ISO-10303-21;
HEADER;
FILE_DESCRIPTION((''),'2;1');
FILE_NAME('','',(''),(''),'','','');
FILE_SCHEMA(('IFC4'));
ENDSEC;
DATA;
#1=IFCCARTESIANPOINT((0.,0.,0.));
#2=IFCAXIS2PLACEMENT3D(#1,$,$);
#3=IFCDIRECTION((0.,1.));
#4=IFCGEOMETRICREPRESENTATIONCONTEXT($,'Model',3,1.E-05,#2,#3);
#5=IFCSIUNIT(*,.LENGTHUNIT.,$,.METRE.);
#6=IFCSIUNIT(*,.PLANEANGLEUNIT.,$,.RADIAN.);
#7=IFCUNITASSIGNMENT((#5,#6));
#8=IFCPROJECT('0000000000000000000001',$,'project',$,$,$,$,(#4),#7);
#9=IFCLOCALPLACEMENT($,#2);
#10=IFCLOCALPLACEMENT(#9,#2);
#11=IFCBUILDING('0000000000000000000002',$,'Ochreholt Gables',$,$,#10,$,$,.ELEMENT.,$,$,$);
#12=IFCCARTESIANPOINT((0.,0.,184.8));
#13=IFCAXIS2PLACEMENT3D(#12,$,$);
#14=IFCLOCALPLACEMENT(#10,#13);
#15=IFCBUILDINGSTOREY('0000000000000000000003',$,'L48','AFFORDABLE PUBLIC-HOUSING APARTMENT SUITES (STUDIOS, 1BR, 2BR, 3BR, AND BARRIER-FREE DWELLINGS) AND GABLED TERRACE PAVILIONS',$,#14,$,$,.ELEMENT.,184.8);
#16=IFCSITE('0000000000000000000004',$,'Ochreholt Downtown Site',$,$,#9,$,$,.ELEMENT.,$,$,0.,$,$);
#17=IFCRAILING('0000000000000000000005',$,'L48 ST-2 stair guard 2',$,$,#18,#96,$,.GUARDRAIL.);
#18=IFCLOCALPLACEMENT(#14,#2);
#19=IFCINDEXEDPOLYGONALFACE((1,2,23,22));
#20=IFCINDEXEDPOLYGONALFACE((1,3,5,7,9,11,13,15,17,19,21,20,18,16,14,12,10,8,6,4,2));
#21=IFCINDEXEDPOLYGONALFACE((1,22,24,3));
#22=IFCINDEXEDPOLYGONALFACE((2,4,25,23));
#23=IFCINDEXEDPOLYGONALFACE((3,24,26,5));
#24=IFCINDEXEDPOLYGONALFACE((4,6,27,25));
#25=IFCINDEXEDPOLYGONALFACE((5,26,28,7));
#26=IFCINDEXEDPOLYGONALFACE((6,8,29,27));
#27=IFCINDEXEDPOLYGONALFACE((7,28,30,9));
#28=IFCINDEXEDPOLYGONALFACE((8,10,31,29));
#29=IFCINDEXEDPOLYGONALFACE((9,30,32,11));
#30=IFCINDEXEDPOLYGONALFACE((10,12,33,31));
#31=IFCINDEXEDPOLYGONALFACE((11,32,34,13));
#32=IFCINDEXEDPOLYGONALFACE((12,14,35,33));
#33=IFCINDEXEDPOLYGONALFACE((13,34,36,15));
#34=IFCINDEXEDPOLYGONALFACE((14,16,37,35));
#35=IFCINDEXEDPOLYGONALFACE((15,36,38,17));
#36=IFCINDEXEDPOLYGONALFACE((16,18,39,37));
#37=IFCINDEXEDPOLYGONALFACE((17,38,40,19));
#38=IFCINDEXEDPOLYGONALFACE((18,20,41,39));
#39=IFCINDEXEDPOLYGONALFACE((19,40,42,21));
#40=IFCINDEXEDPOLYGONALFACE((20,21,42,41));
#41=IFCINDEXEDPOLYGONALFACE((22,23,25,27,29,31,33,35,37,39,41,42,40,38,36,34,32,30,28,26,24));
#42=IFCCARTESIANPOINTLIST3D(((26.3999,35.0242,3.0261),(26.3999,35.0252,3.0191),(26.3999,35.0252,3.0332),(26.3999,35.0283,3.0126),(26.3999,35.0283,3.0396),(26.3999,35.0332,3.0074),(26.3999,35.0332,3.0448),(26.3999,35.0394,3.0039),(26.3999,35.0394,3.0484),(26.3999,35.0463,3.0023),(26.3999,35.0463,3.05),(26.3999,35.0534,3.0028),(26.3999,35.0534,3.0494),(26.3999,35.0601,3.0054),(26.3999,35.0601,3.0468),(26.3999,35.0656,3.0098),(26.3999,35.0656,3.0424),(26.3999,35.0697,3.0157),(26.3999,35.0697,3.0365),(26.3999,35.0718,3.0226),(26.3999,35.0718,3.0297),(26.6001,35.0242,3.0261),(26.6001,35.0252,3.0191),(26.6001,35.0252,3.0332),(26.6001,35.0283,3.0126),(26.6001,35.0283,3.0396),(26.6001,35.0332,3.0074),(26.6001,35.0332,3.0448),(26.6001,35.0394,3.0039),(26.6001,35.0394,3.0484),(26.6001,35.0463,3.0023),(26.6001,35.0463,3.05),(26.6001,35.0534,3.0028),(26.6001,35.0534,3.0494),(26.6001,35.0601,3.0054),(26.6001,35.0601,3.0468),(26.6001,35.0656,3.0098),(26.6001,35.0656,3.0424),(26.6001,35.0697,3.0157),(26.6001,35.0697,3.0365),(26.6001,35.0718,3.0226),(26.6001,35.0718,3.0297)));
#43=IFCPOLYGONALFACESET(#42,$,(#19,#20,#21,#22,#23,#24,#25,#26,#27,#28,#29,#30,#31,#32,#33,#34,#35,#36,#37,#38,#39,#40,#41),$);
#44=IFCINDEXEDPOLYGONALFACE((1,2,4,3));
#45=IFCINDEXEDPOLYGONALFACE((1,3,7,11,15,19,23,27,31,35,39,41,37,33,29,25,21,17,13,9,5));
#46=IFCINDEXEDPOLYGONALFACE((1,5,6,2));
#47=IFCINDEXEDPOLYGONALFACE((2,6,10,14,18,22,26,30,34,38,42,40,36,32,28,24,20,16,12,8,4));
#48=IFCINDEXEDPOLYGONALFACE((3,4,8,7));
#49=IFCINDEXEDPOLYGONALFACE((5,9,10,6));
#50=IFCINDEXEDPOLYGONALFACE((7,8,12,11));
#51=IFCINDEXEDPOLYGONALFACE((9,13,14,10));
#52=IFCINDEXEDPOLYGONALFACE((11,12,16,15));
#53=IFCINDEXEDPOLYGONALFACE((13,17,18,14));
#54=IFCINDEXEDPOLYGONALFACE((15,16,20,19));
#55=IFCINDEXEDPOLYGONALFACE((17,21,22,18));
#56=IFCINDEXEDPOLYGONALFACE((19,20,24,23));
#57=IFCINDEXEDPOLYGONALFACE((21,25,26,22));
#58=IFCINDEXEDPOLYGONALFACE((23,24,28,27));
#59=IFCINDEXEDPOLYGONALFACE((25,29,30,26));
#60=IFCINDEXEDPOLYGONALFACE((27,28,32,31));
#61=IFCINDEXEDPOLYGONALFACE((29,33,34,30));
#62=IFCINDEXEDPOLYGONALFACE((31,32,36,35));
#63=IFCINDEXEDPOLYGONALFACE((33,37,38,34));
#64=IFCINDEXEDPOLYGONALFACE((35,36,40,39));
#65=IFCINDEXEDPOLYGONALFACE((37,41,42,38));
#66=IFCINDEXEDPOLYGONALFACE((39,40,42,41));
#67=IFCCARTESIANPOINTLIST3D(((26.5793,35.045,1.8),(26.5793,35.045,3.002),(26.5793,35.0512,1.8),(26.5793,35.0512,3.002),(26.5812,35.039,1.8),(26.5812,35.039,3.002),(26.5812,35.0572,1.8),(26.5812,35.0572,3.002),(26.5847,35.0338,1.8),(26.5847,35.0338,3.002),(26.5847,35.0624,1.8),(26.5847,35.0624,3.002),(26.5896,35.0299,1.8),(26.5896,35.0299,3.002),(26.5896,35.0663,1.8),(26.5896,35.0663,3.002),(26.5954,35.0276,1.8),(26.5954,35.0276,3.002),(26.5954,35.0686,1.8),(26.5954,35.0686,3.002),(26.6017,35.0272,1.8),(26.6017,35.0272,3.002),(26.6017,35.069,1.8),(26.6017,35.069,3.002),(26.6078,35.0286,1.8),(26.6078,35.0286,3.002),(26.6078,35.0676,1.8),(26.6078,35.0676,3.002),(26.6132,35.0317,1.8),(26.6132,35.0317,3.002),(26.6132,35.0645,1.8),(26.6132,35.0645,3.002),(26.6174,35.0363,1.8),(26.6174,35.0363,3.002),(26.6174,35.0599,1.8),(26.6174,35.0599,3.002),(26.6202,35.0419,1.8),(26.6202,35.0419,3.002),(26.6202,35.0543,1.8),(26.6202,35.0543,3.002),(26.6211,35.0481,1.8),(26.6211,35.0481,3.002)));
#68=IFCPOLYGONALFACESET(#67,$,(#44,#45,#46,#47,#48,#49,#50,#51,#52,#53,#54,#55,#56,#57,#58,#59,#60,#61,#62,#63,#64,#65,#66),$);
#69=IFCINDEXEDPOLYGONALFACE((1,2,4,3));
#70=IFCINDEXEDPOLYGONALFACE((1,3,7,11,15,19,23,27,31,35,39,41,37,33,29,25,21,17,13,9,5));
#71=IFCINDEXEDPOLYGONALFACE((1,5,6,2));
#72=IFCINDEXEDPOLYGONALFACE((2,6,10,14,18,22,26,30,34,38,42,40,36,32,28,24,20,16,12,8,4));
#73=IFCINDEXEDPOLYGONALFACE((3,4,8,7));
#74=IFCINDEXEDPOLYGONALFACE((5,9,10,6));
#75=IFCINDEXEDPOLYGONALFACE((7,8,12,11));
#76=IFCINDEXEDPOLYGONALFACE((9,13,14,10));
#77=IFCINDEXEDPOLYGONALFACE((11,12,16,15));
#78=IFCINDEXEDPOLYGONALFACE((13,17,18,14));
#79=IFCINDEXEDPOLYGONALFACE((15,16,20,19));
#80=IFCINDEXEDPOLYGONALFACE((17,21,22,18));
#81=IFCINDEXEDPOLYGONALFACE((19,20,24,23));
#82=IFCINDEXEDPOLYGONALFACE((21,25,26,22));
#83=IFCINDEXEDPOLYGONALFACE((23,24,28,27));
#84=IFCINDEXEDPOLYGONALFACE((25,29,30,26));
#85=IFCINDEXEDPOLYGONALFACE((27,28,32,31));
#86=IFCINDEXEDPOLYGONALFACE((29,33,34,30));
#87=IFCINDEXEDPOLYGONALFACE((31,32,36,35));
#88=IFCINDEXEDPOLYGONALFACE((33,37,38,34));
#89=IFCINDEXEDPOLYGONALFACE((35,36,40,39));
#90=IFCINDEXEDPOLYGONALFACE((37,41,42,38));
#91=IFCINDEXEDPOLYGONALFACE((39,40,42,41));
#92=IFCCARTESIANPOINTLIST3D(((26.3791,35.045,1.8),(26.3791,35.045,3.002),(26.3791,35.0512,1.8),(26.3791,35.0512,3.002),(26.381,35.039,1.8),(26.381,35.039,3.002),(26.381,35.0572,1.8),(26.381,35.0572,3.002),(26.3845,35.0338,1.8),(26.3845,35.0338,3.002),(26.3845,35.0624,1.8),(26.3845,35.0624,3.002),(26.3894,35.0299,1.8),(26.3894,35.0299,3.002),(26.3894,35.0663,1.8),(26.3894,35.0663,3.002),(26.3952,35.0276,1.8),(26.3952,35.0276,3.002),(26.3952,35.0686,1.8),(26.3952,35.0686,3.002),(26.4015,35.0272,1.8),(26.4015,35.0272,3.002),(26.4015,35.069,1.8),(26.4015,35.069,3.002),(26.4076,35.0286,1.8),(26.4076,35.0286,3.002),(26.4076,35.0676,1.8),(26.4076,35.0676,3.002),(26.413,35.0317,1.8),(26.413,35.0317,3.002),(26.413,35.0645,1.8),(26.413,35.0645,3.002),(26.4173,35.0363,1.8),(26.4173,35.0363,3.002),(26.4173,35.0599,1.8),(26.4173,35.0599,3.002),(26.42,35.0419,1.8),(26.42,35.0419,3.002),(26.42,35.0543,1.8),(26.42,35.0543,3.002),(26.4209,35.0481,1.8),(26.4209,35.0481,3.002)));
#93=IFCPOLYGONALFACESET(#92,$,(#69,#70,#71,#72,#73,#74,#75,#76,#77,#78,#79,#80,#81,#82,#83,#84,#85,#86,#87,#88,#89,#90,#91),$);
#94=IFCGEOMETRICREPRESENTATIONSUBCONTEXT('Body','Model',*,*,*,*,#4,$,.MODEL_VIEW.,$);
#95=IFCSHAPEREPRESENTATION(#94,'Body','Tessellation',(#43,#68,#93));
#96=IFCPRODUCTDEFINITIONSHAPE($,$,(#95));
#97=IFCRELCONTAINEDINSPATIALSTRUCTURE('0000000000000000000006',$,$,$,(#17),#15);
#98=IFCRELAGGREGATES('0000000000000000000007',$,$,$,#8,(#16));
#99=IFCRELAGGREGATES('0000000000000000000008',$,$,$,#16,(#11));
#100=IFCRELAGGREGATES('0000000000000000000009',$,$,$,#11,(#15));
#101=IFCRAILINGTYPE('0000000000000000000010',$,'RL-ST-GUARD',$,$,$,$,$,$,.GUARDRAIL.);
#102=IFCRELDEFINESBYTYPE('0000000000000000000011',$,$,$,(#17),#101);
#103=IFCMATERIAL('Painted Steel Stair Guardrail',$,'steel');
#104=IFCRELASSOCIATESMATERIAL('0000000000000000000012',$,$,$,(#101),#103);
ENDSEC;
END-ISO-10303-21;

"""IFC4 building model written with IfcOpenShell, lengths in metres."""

from ifc_helpers import new_model, si_unit, direction, frame, origin, origin_2d, place, context, subcontext, project, spatial, circle, extrude, material, type_object, element, save


model = new_model("IFC4")

# Units and contexts
model_context = context("Model", 3, precision=1e-05, world=origin(), true_north=direction((0.0, 1.0)))
body_context = subcontext(model_context, "Body", "Model", "MODEL_VIEW")
ifc_project = project(units=[si_unit("LENGTHUNIT", "METRE"), si_unit("PLANEANGLEUNIT", "RADIAN")], contexts=[model_context])

# Site, building, storey
site_placement = place(None, origin())
site = spatial("IfcSite", under=ifc_project, at=site_placement, Name="Ochreholt Downtown Site", CompositionType="ELEMENT", RefElevation=0.0)
building_placement = place(site_placement, origin())
building = spatial("IfcBuilding", under=site, at=building_placement, Name="Ochreholt Gables", CompositionType="ELEMENT")
storey_placement = place(building_placement, frame((0.0, 0.0, 184.8)))
storey = spatial("IfcBuildingStorey", under=building, at=storey_placement, Name="L48", Description="AFFORDABLE PUBLIC-HOUSING APARTMENT SUITES (STUDIOS, 1BR, 2BR, 3BR, AND BARRIER-FREE DWELLINGS) AND GABLED TERRACE PAVILIONS", CompositionType="ELEMENT", Elevation=184.8)

# Railing
ifc_material_1 = material(Name="Painted Steel Stair Guardrail", Category="steel")
railing_type_1 = type_object("IfcRailingType", Name="RL-ST-GUARD", PredefinedType="GUARDRAIL", material=ifc_material_1)
railing_1_placement = place(storey_placement, frame((26.6001, 35.0481, 1.8)))
element("IfcRailing", 1, at=railing_1_placement, inside=storey, type_object=railing_type_1, Name="L48 ST-2 stair guard 2", PredefinedType="GUARDRAIL", context=body_context, shape_type="SweptSolid", body=[
    extrude(circle(Radius=0.0239, at=origin_2d()), frame((0.0, 0.0, 1.2261), z_axis=(-1.0, 0.0, 0.0), x_axis=(0.0, -1.0, 0.0)), (0.0, 0.0, 1.0), 0.2002),
    extrude(circle(Radius=0.021, at=origin_2d()), origin(), (0.0, 0.0, 1.0), 1.2019),
    extrude(circle(Radius=0.021, at=origin_2d()), frame((-0.2002, 0.0, 0.0)), (0.0, 0.0, 1.0), 1.2019),
])

save(model, "model.ifc")
